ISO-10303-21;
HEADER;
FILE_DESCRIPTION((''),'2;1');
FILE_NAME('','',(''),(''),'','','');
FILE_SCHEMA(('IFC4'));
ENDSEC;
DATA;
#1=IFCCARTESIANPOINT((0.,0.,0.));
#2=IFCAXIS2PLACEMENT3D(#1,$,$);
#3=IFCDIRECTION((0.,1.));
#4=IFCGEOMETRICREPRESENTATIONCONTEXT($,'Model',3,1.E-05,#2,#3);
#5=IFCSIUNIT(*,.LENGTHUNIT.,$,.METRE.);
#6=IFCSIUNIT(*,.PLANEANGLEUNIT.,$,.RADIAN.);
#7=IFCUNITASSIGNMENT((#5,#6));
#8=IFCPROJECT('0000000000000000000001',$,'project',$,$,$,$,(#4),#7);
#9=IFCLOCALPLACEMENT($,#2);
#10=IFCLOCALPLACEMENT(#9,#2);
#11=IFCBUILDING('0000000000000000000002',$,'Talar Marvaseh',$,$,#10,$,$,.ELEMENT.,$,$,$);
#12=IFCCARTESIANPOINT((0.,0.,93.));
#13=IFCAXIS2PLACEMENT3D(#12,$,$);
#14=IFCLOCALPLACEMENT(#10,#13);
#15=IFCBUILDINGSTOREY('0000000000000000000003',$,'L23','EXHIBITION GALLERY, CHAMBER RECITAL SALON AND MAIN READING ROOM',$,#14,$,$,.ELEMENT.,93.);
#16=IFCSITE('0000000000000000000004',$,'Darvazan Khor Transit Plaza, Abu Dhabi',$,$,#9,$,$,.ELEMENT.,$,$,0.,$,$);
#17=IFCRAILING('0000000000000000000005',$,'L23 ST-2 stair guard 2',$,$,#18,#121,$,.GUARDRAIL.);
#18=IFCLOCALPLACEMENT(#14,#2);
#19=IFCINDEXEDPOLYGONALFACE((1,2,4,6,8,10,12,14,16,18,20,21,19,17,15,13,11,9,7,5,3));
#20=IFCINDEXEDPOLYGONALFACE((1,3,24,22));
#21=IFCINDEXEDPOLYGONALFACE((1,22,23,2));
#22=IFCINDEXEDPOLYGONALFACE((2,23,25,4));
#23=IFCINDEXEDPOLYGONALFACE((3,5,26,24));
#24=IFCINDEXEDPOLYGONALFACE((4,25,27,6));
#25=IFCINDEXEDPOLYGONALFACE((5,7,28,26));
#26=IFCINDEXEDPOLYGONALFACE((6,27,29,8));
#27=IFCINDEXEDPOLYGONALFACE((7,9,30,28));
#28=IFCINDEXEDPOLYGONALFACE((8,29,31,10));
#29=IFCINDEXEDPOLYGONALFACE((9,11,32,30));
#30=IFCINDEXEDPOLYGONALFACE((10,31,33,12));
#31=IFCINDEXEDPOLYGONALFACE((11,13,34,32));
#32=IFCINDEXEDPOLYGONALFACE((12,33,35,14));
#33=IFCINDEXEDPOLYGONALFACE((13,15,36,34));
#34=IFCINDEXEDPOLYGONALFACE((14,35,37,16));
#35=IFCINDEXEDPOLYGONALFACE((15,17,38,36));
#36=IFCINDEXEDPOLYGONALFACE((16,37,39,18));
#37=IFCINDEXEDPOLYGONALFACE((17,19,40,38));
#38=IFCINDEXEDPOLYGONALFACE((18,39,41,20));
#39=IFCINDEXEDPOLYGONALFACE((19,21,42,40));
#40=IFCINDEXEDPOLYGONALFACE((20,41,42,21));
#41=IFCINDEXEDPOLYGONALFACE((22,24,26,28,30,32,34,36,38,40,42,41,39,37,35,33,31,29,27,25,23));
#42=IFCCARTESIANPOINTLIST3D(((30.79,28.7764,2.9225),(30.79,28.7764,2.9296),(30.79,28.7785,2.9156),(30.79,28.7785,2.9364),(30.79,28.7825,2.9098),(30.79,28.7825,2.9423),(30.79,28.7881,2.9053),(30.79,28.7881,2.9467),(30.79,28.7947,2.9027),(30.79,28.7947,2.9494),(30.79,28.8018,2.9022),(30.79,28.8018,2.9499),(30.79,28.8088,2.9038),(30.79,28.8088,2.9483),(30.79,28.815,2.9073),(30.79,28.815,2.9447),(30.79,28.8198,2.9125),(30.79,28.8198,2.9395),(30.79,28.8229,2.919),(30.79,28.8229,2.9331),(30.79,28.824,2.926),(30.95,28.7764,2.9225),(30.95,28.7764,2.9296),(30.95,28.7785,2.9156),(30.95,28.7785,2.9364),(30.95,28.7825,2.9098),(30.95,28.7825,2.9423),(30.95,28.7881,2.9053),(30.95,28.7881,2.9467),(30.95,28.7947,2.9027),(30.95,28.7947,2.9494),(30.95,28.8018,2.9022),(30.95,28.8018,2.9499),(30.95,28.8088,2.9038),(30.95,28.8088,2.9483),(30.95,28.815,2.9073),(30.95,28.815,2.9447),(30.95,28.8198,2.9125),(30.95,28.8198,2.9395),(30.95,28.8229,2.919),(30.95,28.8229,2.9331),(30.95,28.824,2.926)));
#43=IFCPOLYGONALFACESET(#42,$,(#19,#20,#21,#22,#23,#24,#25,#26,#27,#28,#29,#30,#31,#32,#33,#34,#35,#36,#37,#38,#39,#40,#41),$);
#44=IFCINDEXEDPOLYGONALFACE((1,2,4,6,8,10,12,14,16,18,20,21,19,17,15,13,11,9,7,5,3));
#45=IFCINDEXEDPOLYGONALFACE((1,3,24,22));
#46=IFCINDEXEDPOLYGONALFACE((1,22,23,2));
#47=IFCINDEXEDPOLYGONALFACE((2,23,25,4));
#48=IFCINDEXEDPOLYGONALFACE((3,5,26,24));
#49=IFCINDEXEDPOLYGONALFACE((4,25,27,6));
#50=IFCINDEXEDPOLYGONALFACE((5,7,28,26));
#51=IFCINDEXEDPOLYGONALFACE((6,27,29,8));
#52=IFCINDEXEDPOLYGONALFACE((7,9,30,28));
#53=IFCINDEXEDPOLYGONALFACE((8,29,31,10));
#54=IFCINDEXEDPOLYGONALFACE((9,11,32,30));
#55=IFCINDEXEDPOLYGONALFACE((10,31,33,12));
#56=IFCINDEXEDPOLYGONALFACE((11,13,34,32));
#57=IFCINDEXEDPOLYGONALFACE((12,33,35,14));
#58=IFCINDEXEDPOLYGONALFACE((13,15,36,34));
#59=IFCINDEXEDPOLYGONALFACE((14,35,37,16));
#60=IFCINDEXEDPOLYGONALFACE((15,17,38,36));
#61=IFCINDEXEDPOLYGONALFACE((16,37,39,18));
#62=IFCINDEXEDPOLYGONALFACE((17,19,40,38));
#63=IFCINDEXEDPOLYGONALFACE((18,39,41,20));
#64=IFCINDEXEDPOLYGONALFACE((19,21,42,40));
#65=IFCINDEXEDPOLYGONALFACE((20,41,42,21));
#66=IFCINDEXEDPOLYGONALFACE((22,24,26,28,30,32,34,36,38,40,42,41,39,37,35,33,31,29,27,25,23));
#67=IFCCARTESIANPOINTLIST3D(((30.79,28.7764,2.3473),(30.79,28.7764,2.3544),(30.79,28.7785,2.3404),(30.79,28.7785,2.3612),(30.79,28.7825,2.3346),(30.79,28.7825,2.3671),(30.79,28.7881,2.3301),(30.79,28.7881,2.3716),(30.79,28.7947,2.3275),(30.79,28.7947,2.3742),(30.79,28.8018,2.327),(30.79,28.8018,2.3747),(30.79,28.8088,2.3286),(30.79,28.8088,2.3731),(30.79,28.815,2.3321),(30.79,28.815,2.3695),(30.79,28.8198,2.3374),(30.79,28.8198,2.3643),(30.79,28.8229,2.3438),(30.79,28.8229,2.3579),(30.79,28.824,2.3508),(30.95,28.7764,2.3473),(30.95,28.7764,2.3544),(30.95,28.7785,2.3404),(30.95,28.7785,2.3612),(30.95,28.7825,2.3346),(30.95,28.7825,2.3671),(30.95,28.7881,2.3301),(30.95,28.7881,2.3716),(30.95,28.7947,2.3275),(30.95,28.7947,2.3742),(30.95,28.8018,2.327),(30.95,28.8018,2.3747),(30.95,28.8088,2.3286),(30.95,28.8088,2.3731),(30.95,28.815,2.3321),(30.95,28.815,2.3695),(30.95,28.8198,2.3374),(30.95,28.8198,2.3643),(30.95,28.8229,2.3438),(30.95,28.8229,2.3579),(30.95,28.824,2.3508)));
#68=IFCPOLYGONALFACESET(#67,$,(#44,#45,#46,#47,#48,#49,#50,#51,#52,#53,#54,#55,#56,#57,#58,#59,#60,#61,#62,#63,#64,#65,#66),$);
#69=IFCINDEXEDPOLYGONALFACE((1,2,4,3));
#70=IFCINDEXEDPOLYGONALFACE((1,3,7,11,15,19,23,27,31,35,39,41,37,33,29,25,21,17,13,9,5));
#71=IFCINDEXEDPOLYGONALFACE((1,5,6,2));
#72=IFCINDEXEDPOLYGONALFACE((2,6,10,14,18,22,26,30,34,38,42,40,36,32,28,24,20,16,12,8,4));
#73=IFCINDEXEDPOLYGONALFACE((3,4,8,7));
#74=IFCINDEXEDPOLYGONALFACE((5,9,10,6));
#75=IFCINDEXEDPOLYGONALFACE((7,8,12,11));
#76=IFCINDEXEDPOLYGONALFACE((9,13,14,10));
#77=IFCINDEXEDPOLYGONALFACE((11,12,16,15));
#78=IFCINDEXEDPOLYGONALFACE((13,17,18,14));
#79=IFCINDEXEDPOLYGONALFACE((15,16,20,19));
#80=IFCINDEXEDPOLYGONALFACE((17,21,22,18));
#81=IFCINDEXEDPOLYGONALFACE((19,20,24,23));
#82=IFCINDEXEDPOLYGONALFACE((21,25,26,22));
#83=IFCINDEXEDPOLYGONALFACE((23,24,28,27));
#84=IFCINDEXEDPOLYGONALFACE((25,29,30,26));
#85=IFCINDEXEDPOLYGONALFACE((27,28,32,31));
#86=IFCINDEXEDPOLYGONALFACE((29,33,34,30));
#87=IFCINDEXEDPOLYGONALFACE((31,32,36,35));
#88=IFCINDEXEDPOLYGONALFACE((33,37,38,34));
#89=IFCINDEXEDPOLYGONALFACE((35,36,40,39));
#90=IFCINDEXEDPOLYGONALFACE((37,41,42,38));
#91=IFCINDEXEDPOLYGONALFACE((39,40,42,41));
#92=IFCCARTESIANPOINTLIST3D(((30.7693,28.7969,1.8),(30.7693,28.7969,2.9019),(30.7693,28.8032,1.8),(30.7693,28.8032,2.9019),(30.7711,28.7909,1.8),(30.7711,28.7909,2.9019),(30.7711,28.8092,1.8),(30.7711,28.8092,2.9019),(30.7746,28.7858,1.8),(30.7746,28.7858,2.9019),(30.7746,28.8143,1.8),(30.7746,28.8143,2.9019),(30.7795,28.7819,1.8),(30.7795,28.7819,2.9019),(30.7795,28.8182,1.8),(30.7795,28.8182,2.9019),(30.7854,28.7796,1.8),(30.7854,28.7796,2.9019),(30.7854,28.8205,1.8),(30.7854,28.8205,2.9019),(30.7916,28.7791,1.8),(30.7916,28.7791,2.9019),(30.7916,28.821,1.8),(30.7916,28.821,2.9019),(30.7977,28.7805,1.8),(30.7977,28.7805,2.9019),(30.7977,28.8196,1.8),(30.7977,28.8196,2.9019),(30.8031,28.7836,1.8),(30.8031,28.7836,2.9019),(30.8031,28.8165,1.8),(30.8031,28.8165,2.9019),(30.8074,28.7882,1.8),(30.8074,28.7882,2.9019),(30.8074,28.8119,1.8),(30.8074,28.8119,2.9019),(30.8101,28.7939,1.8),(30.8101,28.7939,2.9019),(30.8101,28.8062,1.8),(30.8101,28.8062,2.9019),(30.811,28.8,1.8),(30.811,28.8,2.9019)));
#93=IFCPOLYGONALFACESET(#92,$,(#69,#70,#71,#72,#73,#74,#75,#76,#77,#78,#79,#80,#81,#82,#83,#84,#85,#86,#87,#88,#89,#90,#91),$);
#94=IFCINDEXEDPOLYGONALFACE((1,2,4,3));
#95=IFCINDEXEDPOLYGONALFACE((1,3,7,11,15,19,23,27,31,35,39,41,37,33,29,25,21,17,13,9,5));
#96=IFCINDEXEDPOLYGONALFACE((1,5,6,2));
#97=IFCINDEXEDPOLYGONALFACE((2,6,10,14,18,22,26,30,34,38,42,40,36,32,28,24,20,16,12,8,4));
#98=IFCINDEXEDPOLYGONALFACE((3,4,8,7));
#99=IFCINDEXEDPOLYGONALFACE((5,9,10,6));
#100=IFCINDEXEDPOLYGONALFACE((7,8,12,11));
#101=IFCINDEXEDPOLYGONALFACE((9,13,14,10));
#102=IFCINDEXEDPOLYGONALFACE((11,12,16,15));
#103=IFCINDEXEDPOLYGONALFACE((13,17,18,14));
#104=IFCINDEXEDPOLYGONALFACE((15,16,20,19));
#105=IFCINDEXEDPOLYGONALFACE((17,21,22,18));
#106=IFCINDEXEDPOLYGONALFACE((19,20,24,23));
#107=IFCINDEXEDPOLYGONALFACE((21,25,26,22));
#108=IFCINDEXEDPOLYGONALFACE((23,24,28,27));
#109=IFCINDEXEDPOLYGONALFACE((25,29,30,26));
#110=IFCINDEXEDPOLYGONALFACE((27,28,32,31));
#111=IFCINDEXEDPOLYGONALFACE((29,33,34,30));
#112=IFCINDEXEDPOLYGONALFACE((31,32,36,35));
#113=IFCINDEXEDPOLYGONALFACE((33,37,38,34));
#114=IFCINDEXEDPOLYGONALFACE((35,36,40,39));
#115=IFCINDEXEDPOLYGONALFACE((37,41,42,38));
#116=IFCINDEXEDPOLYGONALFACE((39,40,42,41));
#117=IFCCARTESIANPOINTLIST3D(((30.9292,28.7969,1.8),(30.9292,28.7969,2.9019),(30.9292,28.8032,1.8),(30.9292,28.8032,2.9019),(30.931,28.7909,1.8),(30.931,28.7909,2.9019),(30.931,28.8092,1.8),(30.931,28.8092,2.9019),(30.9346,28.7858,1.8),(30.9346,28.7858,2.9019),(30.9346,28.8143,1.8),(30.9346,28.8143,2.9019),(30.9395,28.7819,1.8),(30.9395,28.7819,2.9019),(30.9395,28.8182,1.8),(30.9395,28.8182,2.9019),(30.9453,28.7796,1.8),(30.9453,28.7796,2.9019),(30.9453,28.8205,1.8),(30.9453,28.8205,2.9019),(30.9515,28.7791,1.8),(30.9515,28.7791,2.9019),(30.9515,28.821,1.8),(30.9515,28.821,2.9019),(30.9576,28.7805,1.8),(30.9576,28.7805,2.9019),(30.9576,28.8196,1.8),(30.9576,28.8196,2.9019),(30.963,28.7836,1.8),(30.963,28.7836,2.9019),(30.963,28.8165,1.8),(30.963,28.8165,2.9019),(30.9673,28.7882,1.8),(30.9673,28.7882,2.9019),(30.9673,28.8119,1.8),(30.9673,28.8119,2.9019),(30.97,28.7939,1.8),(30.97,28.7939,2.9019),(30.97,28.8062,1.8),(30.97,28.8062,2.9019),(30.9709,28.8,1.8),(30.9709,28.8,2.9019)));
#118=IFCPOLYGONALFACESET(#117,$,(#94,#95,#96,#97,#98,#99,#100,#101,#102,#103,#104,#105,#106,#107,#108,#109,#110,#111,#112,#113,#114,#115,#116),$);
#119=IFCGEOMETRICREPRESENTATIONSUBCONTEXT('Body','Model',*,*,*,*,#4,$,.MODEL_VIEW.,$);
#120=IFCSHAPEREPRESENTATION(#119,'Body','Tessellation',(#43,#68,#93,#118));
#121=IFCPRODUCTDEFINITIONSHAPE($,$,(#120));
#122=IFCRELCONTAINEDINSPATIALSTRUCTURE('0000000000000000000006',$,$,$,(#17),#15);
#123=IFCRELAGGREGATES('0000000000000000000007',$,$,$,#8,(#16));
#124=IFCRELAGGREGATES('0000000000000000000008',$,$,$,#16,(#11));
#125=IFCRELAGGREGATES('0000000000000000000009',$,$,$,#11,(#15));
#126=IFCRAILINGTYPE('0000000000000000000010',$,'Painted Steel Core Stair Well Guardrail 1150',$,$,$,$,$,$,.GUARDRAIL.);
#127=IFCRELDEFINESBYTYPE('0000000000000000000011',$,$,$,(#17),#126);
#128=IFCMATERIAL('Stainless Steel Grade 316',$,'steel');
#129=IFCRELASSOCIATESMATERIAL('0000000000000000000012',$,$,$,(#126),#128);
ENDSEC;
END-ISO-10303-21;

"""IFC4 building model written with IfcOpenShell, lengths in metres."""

from ifc_helpers import new_model, si_unit, direction, frame, origin, origin_2d, place, context, subcontext, project, spatial, circle, extrude, material, type_object, element, save


model = new_model("IFC4")

# Units and contexts
model_context = context("Model", 3, precision=1e-05, world=origin(), true_north=direction((0.0, 1.0)))
body_context = subcontext(model_context, "Body", "Model", "MODEL_VIEW")
ifc_project = project(units=[si_unit("LENGTHUNIT", "METRE"), si_unit("PLANEANGLEUNIT", "RADIAN")], contexts=[model_context])

# Site, building, storey
site_placement = place(None, origin())
site = spatial("IfcSite", under=ifc_project, at=site_placement, Name="Darvazan Khor Transit Plaza, Abu Dhabi", CompositionType="ELEMENT", RefElevation=0.0)
building_placement = place(site_placement, origin())
building = spatial("IfcBuilding", under=site, at=building_placement, Name="Talar Marvaseh", CompositionType="ELEMENT")
storey_placement = place(building_placement, frame((0.0, 0.0, 93.0)))
storey = spatial("IfcBuildingStorey", under=building, at=storey_placement, Name="L23", Description="EXHIBITION GALLERY, CHAMBER RECITAL SALON AND MAIN READING ROOM", CompositionType="ELEMENT", Elevation=93.0)

# Railing
ifc_material_1 = material(Name="Stainless Steel Grade 316", Category="steel")
railing_type_1 = type_object("IfcRailingType", Name="Painted Steel Core Stair Well Guardrail 1150", PredefinedType="GUARDRAIL", material=ifc_material_1)
railing_1_placement = place(storey_placement, frame((30.79, 28.8, 1.8)))
element("IfcRailing", 1, at=railing_1_placement, inside=storey, type_object=railing_type_1, Name="L23 ST-2 stair guard 2", PredefinedType="GUARDRAIL", context=body_context, shape_type="SweptSolid", body=[
    extrude(circle(Radius=0.0239, at=origin_2d()), frame((0.0, 0.0, 1.126), z_axis=(1.0, 0.0, 0.0), x_axis=(0.0, 1.0, 0.0)), (0.0, 0.0, 1.0), 0.1599),
    extrude(circle(Radius=0.0239, at=origin_2d()), frame((0.0, 0.0, 0.5508), z_axis=(1.0, 0.0, 0.0), x_axis=(0.0, 1.0, 0.0)), (0.0, 0.0, 1.0), 0.1599),
    extrude(circle(Radius=0.021, at=origin_2d()), origin(), (0.0, 0.0, 1.0), 1.1018),
    extrude(circle(Radius=0.021, at=origin_2d()), frame((0.1599, 0.0, 0.0)), (0.0, 0.0, 1.0), 1.1018),
])

save(model, "model.ifc")
